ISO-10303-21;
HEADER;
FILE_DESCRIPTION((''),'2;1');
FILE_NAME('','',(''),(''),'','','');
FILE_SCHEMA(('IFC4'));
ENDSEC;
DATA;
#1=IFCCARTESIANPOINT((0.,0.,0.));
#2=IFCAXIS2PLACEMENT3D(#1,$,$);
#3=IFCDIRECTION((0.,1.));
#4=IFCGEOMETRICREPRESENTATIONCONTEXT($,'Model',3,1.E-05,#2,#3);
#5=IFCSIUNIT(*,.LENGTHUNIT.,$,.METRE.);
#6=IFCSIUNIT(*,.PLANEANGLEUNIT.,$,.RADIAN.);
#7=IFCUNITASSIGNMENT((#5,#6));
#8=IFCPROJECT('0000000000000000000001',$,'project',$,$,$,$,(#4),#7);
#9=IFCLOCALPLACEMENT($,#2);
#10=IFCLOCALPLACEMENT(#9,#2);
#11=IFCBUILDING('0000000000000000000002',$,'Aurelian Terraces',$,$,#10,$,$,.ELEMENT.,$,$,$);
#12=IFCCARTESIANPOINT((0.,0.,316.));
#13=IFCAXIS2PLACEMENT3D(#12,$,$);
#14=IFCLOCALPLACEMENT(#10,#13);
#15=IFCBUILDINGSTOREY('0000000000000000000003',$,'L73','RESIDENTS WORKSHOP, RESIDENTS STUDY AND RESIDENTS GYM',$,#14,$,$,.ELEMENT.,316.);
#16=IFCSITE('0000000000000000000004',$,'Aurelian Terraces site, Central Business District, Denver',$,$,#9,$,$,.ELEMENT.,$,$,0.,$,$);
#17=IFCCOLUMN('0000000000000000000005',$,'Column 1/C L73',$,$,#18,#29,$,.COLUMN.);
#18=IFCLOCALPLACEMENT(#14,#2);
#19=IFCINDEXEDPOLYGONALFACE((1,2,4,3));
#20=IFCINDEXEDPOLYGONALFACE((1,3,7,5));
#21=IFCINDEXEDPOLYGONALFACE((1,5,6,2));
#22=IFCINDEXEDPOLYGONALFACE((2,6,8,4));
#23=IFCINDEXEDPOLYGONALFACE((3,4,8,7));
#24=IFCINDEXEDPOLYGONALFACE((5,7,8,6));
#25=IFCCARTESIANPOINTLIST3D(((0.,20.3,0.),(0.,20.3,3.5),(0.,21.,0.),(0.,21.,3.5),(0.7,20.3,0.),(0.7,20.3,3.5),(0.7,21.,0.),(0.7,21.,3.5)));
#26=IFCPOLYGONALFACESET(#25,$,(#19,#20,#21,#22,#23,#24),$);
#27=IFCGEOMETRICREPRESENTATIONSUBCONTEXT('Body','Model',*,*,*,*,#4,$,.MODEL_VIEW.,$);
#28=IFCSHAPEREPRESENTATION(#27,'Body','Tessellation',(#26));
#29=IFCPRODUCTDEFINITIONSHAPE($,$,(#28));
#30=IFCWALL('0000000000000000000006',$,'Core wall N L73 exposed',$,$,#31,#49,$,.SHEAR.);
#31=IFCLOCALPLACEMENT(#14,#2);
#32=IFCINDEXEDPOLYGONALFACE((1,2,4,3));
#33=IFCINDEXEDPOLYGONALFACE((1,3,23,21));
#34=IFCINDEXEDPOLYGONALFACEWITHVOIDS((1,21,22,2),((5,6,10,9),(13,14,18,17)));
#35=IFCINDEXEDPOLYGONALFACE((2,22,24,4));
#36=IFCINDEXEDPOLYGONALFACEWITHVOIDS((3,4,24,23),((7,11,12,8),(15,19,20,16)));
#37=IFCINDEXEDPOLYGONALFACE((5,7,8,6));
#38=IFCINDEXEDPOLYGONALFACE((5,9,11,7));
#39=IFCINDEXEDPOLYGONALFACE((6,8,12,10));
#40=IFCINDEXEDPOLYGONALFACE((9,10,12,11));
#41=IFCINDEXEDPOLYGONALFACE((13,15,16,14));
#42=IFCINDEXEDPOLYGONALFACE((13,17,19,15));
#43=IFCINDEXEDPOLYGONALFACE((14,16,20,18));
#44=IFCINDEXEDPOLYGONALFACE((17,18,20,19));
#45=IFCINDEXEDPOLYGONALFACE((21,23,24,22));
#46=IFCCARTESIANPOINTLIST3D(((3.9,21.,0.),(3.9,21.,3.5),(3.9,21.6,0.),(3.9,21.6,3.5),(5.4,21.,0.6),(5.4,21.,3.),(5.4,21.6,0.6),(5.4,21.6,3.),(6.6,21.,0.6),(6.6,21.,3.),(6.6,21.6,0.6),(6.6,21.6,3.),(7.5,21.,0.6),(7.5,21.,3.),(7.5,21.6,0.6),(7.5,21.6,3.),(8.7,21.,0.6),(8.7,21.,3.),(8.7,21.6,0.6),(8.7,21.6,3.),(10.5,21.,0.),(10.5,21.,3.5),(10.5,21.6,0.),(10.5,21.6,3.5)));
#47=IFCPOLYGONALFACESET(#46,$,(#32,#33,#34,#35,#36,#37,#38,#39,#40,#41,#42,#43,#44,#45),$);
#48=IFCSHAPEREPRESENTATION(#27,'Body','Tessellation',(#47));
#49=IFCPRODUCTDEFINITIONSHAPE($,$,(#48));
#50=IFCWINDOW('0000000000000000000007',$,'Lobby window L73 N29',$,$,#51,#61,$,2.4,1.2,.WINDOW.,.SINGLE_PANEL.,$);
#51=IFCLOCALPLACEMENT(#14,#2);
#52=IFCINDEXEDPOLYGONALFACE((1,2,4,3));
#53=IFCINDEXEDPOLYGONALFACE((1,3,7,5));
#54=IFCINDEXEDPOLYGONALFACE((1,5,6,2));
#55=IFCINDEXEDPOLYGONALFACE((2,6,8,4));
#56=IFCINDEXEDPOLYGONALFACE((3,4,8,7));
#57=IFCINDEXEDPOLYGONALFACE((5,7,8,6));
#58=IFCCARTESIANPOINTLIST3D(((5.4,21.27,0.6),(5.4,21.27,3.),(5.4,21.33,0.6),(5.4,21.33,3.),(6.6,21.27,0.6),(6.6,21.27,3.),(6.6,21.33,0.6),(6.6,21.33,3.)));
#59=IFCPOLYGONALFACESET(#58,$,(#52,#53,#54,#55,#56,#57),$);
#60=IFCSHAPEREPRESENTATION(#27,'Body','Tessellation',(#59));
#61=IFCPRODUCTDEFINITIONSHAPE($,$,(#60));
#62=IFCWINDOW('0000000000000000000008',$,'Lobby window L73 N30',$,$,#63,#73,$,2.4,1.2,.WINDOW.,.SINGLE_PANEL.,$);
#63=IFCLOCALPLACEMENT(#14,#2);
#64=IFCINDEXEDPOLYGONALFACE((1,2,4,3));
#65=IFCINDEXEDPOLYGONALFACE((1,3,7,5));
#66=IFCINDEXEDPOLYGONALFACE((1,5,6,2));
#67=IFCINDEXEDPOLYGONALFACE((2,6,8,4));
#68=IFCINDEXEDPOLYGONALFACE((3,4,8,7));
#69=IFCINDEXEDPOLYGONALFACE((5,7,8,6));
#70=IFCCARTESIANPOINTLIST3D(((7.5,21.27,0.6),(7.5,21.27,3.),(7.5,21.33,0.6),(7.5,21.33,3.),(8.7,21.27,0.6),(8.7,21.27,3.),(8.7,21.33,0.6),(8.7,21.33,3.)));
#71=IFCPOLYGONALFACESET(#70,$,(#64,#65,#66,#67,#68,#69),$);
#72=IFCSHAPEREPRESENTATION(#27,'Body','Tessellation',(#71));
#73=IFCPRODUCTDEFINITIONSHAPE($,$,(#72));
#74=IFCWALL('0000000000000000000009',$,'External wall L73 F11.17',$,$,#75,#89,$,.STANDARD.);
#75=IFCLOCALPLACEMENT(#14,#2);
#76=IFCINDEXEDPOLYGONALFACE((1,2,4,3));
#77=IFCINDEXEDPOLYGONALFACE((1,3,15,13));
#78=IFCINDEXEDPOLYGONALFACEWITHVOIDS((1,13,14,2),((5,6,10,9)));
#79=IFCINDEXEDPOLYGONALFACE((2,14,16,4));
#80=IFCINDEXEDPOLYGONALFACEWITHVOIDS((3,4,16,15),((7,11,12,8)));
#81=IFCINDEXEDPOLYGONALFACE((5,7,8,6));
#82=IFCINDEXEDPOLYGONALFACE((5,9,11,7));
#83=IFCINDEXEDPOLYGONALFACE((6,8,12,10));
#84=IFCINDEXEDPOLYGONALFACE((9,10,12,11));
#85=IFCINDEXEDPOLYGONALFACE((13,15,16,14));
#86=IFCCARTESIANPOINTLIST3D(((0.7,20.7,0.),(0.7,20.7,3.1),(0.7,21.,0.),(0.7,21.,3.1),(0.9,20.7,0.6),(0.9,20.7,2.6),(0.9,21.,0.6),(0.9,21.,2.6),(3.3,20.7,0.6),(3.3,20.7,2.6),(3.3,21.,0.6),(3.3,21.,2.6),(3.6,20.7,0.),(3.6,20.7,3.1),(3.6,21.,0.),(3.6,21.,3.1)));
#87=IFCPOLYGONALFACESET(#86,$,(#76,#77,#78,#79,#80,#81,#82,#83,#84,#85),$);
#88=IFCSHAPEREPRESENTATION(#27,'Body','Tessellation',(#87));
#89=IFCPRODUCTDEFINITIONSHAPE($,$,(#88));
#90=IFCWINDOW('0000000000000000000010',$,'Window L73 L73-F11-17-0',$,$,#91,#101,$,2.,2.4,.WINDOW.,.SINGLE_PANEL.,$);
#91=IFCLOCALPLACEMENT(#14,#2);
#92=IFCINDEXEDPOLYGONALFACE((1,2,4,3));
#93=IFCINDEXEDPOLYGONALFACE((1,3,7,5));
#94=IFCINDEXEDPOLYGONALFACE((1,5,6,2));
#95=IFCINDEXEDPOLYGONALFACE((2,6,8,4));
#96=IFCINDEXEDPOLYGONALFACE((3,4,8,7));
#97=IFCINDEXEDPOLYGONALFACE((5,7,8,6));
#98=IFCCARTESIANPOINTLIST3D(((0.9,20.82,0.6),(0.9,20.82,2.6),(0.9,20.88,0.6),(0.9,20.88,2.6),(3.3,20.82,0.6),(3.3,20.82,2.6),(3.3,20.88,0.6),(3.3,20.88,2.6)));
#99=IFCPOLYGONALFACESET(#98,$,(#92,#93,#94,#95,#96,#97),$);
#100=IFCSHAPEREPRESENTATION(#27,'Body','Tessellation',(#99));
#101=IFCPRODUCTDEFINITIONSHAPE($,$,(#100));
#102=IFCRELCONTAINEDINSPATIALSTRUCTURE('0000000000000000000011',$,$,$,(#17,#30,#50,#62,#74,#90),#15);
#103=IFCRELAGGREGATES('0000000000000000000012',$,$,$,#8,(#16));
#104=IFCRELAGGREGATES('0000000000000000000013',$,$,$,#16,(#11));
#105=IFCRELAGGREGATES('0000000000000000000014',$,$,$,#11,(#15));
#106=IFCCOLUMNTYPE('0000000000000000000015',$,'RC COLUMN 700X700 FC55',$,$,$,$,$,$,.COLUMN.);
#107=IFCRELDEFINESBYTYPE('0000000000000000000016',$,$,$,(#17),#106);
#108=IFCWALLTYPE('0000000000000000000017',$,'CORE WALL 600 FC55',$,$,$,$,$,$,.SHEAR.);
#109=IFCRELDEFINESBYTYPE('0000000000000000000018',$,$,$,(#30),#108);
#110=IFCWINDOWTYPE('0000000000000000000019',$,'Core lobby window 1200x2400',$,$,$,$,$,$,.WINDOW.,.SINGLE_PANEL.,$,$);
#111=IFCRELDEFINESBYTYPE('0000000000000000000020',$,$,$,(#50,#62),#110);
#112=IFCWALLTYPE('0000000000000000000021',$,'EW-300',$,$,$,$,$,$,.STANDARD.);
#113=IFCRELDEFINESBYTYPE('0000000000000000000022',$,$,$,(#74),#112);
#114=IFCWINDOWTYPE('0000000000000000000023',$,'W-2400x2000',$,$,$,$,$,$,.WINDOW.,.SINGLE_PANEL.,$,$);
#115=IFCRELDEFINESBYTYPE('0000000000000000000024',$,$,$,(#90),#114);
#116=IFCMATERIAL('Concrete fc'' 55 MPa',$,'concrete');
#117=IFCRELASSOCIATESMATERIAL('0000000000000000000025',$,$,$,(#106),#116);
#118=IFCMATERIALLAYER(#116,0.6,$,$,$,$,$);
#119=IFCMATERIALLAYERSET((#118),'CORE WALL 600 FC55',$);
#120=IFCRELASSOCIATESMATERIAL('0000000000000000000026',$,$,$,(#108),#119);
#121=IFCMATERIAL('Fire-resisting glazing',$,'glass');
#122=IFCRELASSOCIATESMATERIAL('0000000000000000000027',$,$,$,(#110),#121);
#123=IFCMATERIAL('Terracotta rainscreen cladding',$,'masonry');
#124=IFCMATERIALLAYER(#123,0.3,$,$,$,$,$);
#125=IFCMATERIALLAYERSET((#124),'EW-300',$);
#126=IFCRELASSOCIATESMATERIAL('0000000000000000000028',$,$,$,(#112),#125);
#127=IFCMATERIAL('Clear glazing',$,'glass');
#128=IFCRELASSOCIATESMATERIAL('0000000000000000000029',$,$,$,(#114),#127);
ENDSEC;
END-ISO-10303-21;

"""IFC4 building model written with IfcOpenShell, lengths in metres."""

from ifc_helpers import new_model, si_unit, direction, frame, frame_2d, origin, origin_2d, place, context, subcontext, project, spatial, rectangle, extrude, source, transform, mapped, material, layer, layer_set, material_profile, profile_set, type_object, element, fill, save


model = new_model("IFC4")

# Units and contexts
model_context = context("Model", 3, precision=1e-05, world=origin(), true_north=direction((0.0, 1.0)))
body_context = subcontext(model_context, "Body", "Model", "MODEL_VIEW")
ifc_project = project(units=[si_unit("LENGTHUNIT", "METRE"), si_unit("PLANEANGLEUNIT", "RADIAN")], contexts=[model_context])

# Site, building, storey
site_placement = place(None, origin())
site = spatial("IfcSite", under=ifc_project, at=site_placement, Name="Aurelian Terraces site, Central Business District, Denver", CompositionType="ELEMENT", RefElevation=0.0)
building_placement = place(site_placement, origin())
building = spatial("IfcBuilding", under=site, at=building_placement, Name="Aurelian Terraces", CompositionType="ELEMENT")
storey_placement = place(building_placement, frame((0.0, 0.0, 316.0)))
storey = spatial("IfcBuildingStorey", under=building, at=storey_placement, Name="L73", Description="RESIDENTS WORKSHOP, RESIDENTS STUDY AND RESIDENTS GYM", CompositionType="ELEMENT", Elevation=316.0)

# Column
ifc_material_1 = material(Name="Concrete fc' 55 MPa", Category="concrete")
ifc_material_profile = material_profile(ifc_material_1, rectangle(XDim=0.7, YDim=0.7, at=origin_2d()))
ifc_profile_set = profile_set([ifc_material_profile], Name="Concrete fc' 55 MPa")
column_type = type_object("IfcColumnType", Name="RC COLUMN 700X700 FC55", PredefinedType="COLUMN", material=ifc_profile_set)
shared_shape_1 = source(origin(), body_context, "Body", "SweptSolid", [
    extrude(rectangle(XDim=0.7, YDim=0.7, at=origin_2d()), origin(), (0.0, 0.0, 1.0), 3.5),
])
column_placement = place(storey_placement, frame((0.35, 20.65, 0.0), z_axis=(0.0, 0.0, 1.0), x_axis=(1.0, 0.0, 0.0)))
element("IfcColumn", 1, at=column_placement, inside=storey, type_object=column_type, Name="Column 1/C L73", PredefinedType="COLUMN", context=body_context, shape_type="MappedRepresentation", body=[
    mapped(shared_shape_1, transform((0.0, 0.0, 0.0), scale=1.0)),
])

# Wall, openings, windows
ifc_layer_1 = layer(ifc_material_1, 0.6)
ifc_layer_set_1 = layer_set([ifc_layer_1], Name="CORE WALL 600 FC55")
wall_type_1 = type_object("IfcWallType", Name="CORE WALL 600 FC55", PredefinedType="SHEAR", material=ifc_layer_set_1)
shared_shape_2 = source(origin(), body_context, "Body", "SweptSolid", [
    extrude(rectangle(XDim=6.6, YDim=0.6, at=frame_2d((3.3, 0.0))), origin(), (0.0, 0.0, 1.0), 3.5),
])
wall_1_placement = place(storey_placement, frame((3.9, 21.3, 0.0), z_axis=(0.0, 0.0, 1.0), x_axis=(1.0, 0.0, 0.0)))
wall_1 = element("IfcWall", 2, at=wall_1_placement, inside=storey, type_object=wall_type_1, Name="Core wall N L73 exposed", PredefinedType="SHEAR", context=body_context, shape_type="MappedRepresentation", body=[
    mapped(shared_shape_2, transform((0.0, 0.0, 0.0), scale=1.0)),
])
shared_shape_3 = source(origin(), body_context, "Body", "SweptSolid", [
    extrude(rectangle(XDim=1.2, YDim=2.4, at=frame_2d((0.6, 1.2))), frame((0.0, 0.31, 0.0), z_axis=(0.0, -1.0, 0.0), x_axis=(1.0, 0.0, 0.0)), (0.0, 0.0, 1.0), 0.62),
])
opening_1_placement = place(wall_1_placement, frame((1.5, 0.0, 0.6)))
opening_1 = element("IfcOpeningElement", 3, at=opening_1_placement, cuts=wall_1, PredefinedType="OPENING", context=body_context, shape_type="MappedRepresentation", body=[
    mapped(shared_shape_3, transform((0.0, 0.0, 0.0), scale=1.0)),
])
opening_2_placement = place(wall_1_placement, frame((3.6, 0.0, 0.6)))
opening_2 = element("IfcOpeningElement", 4, at=opening_2_placement, cuts=wall_1, PredefinedType="OPENING", context=body_context, shape_type="MappedRepresentation", body=[
    mapped(shared_shape_3, transform((0.0, 0.0, 0.0), scale=1.0)),
])
ifc_material_2 = material(Name="Fire-resisting glazing", Category="glass")
window_type_1 = type_object("IfcWindowType", Name="Core lobby window 1200x2400", PartitioningType="SINGLE_PANEL", PredefinedType="WINDOW", material=ifc_material_2)
shared_shape_4 = source(origin(), body_context, "Body", "SweptSolid", [
    extrude(rectangle(XDim=1.2, YDim=2.4, at=frame_2d((0.6, 1.2))), frame((0.0, 0.03, 0.0), z_axis=(0.0, -1.0, 0.0), x_axis=(1.0, 0.0, 0.0)), (0.0, 0.0, 1.0), 0.06),
])
window_1_placement = place(opening_1_placement, origin())
window_1 = element("IfcWindow", 5, at=window_1_placement, inside=storey, type_object=window_type_1, Name="Lobby window L73 N29", OverallHeight=2.4, OverallWidth=1.2, PartitioningType="SINGLE_PANEL", PredefinedType="WINDOW", context=body_context, shape_type="MappedRepresentation", body=[
    mapped(shared_shape_4, transform((0.0, 0.0, 0.0), scale=1.0)),
])
fill(opening_1, window_1)
window_2_placement = place(opening_2_placement, origin())
window_2 = element("IfcWindow", 6, at=window_2_placement, inside=storey, type_object=window_type_1, Name="Lobby window L73 N30", OverallHeight=2.4, OverallWidth=1.2, PartitioningType="SINGLE_PANEL", PredefinedType="WINDOW", context=body_context, shape_type="MappedRepresentation", body=[
    mapped(shared_shape_4, transform((0.0, 0.0, 0.0), scale=1.0)),
])
fill(opening_2, window_2)

# Wall, opening, window
ifc_material_3 = material(Name="Terracotta rainscreen cladding", Category="masonry")
ifc_layer_2 = layer(ifc_material_3, 0.3)
ifc_layer_set_2 = layer_set([ifc_layer_2], Name="EW-300")
wall_type_2 = type_object("IfcWallType", Name="EW-300", PredefinedType="STANDARD", material=ifc_layer_set_2)
shared_shape_5 = source(origin(), body_context, "Body", "SweptSolid", [
    extrude(rectangle(XDim=2.9, YDim=0.3, at=frame_2d((1.45, 0.0))), origin(), (0.0, 0.0, 1.0), 3.1),
])
wall_2_placement = place(storey_placement, frame((3.6, 20.85, 0.0), z_axis=(0.0, 0.0, 1.0), x_axis=(-1.0, 0.0, 0.0)))
wall_2 = element("IfcWall", 7, at=wall_2_placement, inside=storey, type_object=wall_type_2, Name="External wall L73 F11.17", PredefinedType="STANDARD", context=body_context, shape_type="MappedRepresentation", body=[
    mapped(shared_shape_5, transform((0.0, 0.0, 0.0), scale=1.0)),
])
shared_shape_6 = source(origin(), body_context, "Body", "SweptSolid", [
    extrude(rectangle(XDim=2.4, YDim=2.0, at=frame_2d((1.2, 1.0))), frame((0.0, 0.16, 0.0), z_axis=(0.0, -1.0, 0.0), x_axis=(1.0, 0.0, 0.0)), (0.0, 0.0, 1.0), 0.32),
])
opening_3_placement = place(wall_2_placement, frame((0.3, 0.0, 0.6)))
opening_3 = element("IfcOpeningElement", 8, at=opening_3_placement, cuts=wall_2, PredefinedType="OPENING", context=body_context, shape_type="MappedRepresentation", body=[
    mapped(shared_shape_6, transform((0.0, 0.0, 0.0), scale=1.0)),
])
ifc_material_4 = material(Name="Clear glazing", Category="glass")
window_type_2 = type_object("IfcWindowType", Name="W-2400x2000", PartitioningType="SINGLE_PANEL", PredefinedType="WINDOW", material=ifc_material_4)
shared_shape_7 = source(origin(), body_context, "Body", "SweptSolid", [
    extrude(rectangle(XDim=2.4, YDim=2.0, at=frame_2d((1.2, 1.0))), frame((0.0, 0.03, 0.0), z_axis=(0.0, -1.0, 0.0), x_axis=(1.0, 0.0, 0.0)), (0.0, 0.0, 1.0), 0.06),
])
window_3_placement = place(opening_3_placement, origin())
window_3 = element("IfcWindow", 9, at=window_3_placement, inside=storey, type_object=window_type_2, Name="Window L73 L73-F11-17-0", OverallHeight=2.0, OverallWidth=2.4, PartitioningType="SINGLE_PANEL", PredefinedType="WINDOW", context=body_context, shape_type="MappedRepresentation", body=[
    mapped(shared_shape_7, transform((0.0, 0.0, 0.0), scale=1.0)),
])
fill(opening_3, window_3)

save(model, "model.ifc")
